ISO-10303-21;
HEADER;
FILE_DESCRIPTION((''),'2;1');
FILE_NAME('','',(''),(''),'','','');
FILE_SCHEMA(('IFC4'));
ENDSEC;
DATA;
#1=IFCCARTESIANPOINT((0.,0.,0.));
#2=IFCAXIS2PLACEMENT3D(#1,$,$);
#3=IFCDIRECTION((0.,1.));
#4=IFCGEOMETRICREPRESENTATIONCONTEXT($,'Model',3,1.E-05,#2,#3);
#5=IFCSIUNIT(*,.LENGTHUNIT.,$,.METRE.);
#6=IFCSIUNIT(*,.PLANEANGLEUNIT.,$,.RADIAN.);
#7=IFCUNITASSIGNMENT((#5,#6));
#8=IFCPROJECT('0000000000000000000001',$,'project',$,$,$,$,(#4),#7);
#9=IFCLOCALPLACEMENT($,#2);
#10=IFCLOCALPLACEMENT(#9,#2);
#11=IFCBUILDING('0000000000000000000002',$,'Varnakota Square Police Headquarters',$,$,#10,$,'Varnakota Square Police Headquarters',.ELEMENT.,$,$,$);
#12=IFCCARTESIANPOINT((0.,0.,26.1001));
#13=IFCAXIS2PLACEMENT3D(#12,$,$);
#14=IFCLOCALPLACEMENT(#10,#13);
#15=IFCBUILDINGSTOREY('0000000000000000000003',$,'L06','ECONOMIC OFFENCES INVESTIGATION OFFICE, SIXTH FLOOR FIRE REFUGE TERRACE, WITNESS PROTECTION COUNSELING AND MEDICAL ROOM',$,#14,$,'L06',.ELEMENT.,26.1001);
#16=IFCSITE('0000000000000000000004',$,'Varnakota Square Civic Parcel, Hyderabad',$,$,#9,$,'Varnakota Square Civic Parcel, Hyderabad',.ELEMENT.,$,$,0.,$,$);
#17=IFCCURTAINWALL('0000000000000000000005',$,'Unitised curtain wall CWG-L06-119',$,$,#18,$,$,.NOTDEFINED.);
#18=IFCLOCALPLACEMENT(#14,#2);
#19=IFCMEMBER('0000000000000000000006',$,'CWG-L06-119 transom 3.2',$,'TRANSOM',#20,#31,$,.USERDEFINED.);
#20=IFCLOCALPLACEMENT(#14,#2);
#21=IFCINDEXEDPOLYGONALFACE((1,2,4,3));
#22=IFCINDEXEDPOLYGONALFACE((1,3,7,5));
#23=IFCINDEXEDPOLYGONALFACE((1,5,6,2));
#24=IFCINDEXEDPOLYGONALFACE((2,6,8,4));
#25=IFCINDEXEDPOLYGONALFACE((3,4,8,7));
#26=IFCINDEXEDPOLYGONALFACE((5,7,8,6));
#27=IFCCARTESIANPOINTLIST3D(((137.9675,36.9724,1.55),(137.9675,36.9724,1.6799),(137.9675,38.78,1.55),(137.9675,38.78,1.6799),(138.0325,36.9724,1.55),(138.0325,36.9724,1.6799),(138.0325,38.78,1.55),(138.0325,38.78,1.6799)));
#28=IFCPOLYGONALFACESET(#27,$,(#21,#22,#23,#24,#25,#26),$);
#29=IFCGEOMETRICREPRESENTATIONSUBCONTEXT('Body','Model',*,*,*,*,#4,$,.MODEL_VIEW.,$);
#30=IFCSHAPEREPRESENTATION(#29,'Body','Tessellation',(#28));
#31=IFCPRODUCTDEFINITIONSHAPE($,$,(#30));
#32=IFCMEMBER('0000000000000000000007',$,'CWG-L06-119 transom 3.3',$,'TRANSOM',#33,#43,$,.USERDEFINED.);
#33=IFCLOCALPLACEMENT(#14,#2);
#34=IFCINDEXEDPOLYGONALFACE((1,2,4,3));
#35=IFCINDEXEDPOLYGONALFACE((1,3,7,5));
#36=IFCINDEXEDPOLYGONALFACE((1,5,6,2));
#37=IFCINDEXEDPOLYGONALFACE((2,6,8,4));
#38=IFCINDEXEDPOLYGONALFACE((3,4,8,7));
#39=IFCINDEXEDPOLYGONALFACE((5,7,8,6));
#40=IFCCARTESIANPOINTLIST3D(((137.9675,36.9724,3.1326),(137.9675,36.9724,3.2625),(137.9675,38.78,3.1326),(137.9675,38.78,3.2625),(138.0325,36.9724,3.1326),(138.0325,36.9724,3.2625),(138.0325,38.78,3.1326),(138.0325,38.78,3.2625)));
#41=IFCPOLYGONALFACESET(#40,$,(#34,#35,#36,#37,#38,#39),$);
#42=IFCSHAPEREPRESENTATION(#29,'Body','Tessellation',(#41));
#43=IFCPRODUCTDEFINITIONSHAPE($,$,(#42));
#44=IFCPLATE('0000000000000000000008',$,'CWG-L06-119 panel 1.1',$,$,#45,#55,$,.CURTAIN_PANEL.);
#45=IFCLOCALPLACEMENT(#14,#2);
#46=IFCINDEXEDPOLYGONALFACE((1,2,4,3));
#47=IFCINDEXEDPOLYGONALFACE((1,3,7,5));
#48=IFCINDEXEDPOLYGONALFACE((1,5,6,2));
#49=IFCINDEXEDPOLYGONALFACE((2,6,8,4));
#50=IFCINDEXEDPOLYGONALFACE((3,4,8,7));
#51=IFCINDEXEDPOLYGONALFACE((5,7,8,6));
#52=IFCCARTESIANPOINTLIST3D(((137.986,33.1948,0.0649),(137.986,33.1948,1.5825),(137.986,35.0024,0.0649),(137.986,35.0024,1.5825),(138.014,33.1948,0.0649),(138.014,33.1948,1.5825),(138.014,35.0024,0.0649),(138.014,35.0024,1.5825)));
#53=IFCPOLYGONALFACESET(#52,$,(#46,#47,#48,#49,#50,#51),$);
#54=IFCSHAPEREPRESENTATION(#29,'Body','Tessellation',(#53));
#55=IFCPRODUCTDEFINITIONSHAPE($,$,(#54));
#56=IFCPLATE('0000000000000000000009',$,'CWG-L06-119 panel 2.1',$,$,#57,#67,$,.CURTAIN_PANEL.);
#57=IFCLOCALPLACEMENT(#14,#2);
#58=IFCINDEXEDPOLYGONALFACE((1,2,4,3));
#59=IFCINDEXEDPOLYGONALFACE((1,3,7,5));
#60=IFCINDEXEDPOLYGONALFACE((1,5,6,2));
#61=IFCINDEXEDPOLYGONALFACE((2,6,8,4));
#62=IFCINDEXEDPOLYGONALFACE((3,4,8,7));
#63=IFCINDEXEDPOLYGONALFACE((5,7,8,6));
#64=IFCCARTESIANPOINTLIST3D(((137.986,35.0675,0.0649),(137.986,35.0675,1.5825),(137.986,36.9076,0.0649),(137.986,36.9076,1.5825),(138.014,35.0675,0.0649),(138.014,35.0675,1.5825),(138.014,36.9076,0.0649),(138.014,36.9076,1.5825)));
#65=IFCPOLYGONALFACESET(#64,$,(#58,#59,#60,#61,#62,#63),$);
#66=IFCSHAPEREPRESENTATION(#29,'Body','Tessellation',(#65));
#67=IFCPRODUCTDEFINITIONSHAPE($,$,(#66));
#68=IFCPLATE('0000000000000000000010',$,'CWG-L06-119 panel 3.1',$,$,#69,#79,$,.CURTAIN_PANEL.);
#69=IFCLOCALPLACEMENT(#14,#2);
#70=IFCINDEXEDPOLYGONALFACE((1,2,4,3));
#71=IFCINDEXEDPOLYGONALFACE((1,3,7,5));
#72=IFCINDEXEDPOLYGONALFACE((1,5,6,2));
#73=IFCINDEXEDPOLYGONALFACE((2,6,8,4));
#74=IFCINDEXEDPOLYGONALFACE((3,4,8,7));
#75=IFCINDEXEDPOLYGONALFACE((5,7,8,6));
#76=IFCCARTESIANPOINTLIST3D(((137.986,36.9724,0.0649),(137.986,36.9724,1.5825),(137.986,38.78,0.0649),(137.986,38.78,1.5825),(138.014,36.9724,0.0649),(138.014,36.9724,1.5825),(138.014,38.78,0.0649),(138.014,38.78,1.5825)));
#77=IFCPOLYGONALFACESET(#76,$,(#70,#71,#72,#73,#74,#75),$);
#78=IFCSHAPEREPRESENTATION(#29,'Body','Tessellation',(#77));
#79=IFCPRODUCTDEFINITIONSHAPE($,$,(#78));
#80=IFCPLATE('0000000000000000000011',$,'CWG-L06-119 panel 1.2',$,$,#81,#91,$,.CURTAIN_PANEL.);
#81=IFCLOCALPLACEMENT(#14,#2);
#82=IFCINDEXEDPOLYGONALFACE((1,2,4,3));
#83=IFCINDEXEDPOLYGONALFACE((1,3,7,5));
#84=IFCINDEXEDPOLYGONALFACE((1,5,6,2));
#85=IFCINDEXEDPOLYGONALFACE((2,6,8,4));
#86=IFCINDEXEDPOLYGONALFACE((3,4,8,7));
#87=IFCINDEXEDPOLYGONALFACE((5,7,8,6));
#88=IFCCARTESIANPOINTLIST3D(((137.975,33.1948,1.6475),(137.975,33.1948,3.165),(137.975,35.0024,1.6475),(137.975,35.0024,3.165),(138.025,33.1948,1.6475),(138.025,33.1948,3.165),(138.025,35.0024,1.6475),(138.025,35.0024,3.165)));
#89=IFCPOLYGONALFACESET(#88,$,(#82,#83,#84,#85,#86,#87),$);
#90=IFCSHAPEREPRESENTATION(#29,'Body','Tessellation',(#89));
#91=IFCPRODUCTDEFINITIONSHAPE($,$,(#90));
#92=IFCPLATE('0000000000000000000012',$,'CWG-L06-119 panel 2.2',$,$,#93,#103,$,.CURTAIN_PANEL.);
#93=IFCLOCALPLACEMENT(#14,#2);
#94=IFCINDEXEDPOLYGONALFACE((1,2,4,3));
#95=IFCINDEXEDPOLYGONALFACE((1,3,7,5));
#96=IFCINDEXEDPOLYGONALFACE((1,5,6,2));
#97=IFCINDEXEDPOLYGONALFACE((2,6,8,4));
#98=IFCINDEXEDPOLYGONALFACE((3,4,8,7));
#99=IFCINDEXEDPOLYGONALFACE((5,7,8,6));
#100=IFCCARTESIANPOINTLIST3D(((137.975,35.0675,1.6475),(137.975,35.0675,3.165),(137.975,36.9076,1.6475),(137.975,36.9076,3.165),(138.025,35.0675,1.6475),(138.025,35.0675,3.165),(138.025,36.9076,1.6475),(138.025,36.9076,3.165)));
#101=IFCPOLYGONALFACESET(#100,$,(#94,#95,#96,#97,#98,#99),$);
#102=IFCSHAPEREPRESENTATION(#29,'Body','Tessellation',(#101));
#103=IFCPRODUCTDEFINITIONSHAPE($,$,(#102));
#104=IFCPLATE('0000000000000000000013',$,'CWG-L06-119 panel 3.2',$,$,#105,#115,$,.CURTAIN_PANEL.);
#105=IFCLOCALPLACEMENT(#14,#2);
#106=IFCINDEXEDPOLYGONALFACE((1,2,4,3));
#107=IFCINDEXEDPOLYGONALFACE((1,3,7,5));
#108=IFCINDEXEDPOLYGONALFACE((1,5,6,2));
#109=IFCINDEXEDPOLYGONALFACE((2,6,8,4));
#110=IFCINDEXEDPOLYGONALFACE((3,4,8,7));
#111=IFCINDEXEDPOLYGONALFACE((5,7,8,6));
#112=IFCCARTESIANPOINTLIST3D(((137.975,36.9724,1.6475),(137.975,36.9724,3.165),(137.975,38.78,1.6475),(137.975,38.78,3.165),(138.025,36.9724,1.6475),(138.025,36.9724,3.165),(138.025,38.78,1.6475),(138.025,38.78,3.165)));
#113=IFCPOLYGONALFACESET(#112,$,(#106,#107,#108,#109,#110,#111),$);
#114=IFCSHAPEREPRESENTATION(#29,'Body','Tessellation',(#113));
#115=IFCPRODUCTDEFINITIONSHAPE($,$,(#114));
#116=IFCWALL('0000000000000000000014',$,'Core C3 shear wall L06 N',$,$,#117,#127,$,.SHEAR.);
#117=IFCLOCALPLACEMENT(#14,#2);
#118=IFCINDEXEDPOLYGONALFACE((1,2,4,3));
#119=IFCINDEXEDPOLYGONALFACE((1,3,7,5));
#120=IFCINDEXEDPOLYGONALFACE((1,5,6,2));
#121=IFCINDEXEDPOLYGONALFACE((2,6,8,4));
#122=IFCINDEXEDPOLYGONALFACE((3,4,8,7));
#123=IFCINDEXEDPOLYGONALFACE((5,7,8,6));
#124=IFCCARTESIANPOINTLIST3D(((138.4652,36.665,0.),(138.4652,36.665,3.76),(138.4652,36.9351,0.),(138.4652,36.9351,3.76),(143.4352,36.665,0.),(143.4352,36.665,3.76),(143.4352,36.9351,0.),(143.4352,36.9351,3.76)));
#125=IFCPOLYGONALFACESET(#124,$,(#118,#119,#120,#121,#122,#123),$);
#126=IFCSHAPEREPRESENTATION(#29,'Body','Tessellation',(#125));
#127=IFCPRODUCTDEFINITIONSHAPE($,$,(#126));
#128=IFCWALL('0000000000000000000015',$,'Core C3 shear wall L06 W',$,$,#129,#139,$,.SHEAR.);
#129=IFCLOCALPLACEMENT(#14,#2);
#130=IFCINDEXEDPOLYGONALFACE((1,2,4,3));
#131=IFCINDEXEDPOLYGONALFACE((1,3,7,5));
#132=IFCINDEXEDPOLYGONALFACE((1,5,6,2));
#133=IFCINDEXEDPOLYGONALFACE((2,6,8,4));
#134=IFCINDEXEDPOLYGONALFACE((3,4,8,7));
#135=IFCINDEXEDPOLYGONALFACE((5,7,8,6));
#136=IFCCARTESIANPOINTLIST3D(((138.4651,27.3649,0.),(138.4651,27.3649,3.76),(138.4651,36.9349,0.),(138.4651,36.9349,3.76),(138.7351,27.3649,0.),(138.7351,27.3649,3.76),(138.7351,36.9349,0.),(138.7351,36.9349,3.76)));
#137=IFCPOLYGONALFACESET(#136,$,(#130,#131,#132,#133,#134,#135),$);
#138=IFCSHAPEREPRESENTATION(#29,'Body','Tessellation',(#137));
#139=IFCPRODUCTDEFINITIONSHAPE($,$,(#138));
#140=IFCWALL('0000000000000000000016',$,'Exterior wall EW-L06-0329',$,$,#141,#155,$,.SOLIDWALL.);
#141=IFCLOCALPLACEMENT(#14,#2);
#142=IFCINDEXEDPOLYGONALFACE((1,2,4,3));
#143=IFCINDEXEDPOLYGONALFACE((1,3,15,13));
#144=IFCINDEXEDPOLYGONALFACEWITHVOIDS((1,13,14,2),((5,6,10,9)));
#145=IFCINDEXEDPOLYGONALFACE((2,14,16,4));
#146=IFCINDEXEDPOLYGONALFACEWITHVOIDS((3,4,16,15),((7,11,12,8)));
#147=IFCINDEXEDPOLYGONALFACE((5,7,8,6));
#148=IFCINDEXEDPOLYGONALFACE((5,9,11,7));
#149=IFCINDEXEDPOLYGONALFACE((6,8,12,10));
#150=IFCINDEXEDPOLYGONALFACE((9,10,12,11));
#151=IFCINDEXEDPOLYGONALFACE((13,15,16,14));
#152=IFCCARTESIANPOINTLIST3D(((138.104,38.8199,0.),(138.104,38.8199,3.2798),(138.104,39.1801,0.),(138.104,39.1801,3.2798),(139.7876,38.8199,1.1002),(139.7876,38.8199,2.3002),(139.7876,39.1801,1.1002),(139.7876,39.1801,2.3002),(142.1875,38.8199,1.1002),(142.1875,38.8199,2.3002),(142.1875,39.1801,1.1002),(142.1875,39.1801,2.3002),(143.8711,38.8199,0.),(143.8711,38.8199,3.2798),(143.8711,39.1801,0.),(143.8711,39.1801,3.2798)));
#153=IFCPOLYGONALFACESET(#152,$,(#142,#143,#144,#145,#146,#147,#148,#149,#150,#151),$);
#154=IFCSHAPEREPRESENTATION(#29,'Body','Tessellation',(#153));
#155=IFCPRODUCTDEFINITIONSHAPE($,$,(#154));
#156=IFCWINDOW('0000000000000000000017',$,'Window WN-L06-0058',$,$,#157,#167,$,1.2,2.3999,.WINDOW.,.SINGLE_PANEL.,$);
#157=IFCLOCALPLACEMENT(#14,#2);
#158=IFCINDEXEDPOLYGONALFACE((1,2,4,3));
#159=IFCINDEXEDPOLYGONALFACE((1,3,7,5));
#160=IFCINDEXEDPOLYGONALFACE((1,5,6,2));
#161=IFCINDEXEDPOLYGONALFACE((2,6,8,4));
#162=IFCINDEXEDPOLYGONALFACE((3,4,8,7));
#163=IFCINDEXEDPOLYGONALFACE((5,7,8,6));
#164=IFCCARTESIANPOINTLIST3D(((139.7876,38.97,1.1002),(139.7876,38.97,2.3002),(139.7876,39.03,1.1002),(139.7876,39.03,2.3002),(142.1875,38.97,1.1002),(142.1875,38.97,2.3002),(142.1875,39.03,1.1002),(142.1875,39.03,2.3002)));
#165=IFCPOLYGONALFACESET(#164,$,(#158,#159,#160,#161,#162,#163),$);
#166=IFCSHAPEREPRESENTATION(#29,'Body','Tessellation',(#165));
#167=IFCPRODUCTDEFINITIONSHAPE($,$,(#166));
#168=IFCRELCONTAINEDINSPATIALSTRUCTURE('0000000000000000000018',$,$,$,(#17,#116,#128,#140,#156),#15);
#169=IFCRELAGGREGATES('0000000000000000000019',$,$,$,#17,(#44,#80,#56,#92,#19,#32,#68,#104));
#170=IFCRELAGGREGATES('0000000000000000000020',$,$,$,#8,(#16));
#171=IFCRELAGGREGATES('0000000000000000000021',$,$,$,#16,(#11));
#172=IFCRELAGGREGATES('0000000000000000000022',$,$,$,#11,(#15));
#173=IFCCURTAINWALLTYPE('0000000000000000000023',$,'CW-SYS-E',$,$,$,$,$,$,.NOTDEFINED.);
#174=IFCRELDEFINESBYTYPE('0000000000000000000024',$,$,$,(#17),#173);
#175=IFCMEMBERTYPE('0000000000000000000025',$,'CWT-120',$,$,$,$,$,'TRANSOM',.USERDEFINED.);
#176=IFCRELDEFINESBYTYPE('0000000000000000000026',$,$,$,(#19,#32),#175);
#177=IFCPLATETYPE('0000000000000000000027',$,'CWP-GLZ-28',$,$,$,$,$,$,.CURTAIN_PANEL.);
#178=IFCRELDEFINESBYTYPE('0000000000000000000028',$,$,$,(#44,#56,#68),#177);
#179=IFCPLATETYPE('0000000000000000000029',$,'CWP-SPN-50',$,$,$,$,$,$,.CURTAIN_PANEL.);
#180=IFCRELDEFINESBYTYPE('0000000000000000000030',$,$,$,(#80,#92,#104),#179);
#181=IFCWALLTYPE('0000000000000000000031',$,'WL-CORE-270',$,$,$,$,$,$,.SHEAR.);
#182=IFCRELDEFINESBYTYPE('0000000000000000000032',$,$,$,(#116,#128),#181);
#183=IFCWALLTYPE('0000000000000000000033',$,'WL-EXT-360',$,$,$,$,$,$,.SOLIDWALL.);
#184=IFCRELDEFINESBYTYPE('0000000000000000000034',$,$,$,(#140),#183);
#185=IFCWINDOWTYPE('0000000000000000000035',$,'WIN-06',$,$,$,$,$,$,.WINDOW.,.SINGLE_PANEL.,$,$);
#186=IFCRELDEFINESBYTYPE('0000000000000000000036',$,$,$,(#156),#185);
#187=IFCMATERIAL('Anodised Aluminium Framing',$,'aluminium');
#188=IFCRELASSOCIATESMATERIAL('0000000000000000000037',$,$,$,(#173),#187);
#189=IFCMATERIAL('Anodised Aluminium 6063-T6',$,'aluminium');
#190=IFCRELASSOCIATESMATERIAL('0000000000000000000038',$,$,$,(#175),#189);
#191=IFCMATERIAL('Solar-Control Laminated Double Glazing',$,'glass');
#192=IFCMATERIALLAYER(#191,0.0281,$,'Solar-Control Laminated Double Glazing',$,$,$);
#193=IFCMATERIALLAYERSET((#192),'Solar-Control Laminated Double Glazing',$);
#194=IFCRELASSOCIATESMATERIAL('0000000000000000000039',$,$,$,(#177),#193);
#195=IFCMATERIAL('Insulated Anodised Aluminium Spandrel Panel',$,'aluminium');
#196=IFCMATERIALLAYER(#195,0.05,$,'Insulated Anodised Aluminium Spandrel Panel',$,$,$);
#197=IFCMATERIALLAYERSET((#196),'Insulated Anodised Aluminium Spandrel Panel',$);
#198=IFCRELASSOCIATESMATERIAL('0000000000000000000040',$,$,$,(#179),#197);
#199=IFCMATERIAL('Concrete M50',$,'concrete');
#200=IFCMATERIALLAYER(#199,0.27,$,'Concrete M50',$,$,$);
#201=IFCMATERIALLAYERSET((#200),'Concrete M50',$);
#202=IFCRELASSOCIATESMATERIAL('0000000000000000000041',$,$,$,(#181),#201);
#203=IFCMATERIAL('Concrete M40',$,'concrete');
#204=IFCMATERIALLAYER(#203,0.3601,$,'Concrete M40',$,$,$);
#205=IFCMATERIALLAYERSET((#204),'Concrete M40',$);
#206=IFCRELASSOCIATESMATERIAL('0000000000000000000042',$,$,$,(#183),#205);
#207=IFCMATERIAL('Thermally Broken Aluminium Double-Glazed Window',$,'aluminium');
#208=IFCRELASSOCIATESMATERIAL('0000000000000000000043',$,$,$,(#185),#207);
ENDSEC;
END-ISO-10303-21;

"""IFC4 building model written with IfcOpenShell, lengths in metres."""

from ifc_helpers import new_model, si_unit, direction, frame, frame_2d, origin, origin_2d, place, context, subcontext, project, spatial, rectangle, extrude, material, layer, layer_set, material_profile, profile_set, type_object, element, fill, aggregate, save


model = new_model("IFC4")

# Units and contexts
model_context = context("Model", 3, precision=1e-05, world=origin(), true_north=direction((0.0, 1.0)))
body_context = subcontext(model_context, "Body", "Model", "MODEL_VIEW")
ifc_project = project(units=[si_unit("LENGTHUNIT", "METRE"), si_unit("PLANEANGLEUNIT", "RADIAN")], contexts=[model_context])

# Site, building, storey
site_placement = place(None, origin())
site = spatial("IfcSite", under=ifc_project, at=site_placement, Name="Varnakota Square Civic Parcel, Hyderabad", LongName="Varnakota Square Civic Parcel, Hyderabad", CompositionType="ELEMENT", RefElevation=0.0)
building_placement = place(site_placement, origin())
building = spatial("IfcBuilding", under=site, at=building_placement, Name="Varnakota Square Police Headquarters", LongName="Varnakota Square Police Headquarters", CompositionType="ELEMENT")
storey_placement = place(building_placement, frame((0.0, 0.0, 26.1001)))
storey = spatial("IfcBuildingStorey", under=building, at=storey_placement, Name="L06", Description="ECONOMIC OFFENCES INVESTIGATION OFFICE, SIXTH FLOOR FIRE REFUGE TERRACE, WITNESS PROTECTION COUNSELING AND MEDICAL ROOM", LongName="L06", CompositionType="ELEMENT", Elevation=26.1001)

# Curtain wall, members, plates
ifc_material_1 = material(Name="Anodised Aluminium Framing", Category="aluminium")
curtain_wall_type = type_object("IfcCurtainWallType", Name="CW-SYS-E", PredefinedType="NOTDEFINED", material=ifc_material_1)
curtain_wall_placement = place(storey_placement, origin())
curtain_wall = element("IfcCurtainWall", 1, at=curtain_wall_placement, inside=storey, type_object=curtain_wall_type, Name="Unitised curtain wall CWG-L06-119", PredefinedType="NOTDEFINED")
ifc_material_2 = material(Name="Anodised Aluminium 6063-T6", Category="aluminium")
ifc_material_profile_1 = material_profile(ifc_material_2, rectangle(XDim=0.0649, YDim=0.1299, at=origin_2d()), Name="ALU TRANSOM 65x130")
ifc_profile_set_1 = profile_set([ifc_material_profile_1], Name="Anodised Aluminium 6063-T6")
member_type_1 = type_object("IfcMemberType", Name="CWT-120", ElementType="TRANSOM", PredefinedType="USERDEFINED", material=ifc_profile_set_1)
member_1_placement = place(storey_placement, frame((138.0, 36.9724, 1.615), z_axis=(0.0, 1.0, 0.0), x_axis=(-1.0, 0.0, 0.0)))
member_1 = element("IfcMember", 2, at=member_1_placement, type_object=member_type_1, Name="CWG-L06-119 transom 3.2", ObjectType="TRANSOM", PredefinedType="USERDEFINED", context=body_context, shape_type="SweptSolid", body=[
    extrude(rectangle(XDim=0.0649, YDim=0.1299, at=origin_2d()), origin(), (0.0, 0.0, 1.0), 1.8076),
])
member_2_placement = place(storey_placement, frame((138.0, 36.9724, 3.1975), z_axis=(0.0, 1.0, 0.0), x_axis=(-1.0, 0.0, 0.0)))
member_2 = element("IfcMember", 3, at=member_2_placement, type_object=member_type_1, Name="CWG-L06-119 transom 3.3", ObjectType="TRANSOM", PredefinedType="USERDEFINED", context=body_context, shape_type="SweptSolid", body=[
    extrude(rectangle(XDim=0.0649, YDim=0.1299, at=origin_2d()), origin(), (0.0, 0.0, 1.0), 1.8076),
])
ifc_material_3 = material(Name="Solar-Control Laminated Double Glazing", Category="glass")
ifc_layer_1 = layer(ifc_material_3, 0.0281, Name="Solar-Control Laminated Double Glazing")
ifc_layer_set_1 = layer_set([ifc_layer_1], Name="Solar-Control Laminated Double Glazing")
plate_type_1 = type_object("IfcPlateType", Name="CWP-GLZ-28", PredefinedType="CURTAIN_PANEL", material=ifc_layer_set_1)
plate_1_placement = place(storey_placement, frame((138.0, 34.0986, 0.0649), z_axis=(0.0, 0.0, 1.0), x_axis=(0.0, 1.0, 0.0)))
plate_1 = element("IfcPlate", 4, at=plate_1_placement, type_object=plate_type_1, Name="CWG-L06-119 panel 1.1", PredefinedType="CURTAIN_PANEL", context=body_context, shape_type="SweptSolid", body=[
    extrude(rectangle(XDim=1.8076, YDim=0.0281, at=origin_2d()), origin(), (0.0, 0.0, 1.0), 1.5176),
])
plate_2_placement = place(storey_placement, frame((138.0, 35.9875, 0.0649), z_axis=(0.0, 0.0, 1.0), x_axis=(0.0, 1.0, 0.0)))
plate_2 = element("IfcPlate", 5, at=plate_2_placement, type_object=plate_type_1, Name="CWG-L06-119 panel 2.1", PredefinedType="CURTAIN_PANEL", context=body_context, shape_type="SweptSolid", body=[
    extrude(rectangle(XDim=1.8401, YDim=0.0281, at=origin_2d()), origin(), (0.0, 0.0, 1.0), 1.5176),
])
plate_3_placement = place(storey_placement, frame((138.0, 37.8762, 0.0649), z_axis=(0.0, 0.0, 1.0), x_axis=(0.0, 1.0, 0.0)))
plate_3 = element("IfcPlate", 6, at=plate_3_placement, type_object=plate_type_1, Name="CWG-L06-119 panel 3.1", PredefinedType="CURTAIN_PANEL", context=body_context, shape_type="SweptSolid", body=[
    extrude(rectangle(XDim=1.8076, YDim=0.0281, at=origin_2d()), origin(), (0.0, 0.0, 1.0), 1.5176),
])
ifc_material_4 = material(Name="Insulated Anodised Aluminium Spandrel Panel", Category="aluminium")
ifc_layer_2 = layer(ifc_material_4, 0.05, Name="Insulated Anodised Aluminium Spandrel Panel")
ifc_layer_set_2 = layer_set([ifc_layer_2], Name="Insulated Anodised Aluminium Spandrel Panel")
plate_type_2 = type_object("IfcPlateType", Name="CWP-SPN-50", PredefinedType="CURTAIN_PANEL", material=ifc_layer_set_2)
plate_4_placement = place(storey_placement, frame((138.0, 34.0986, 1.6475), z_axis=(0.0, 0.0, 1.0), x_axis=(0.0, 1.0, 0.0)))
plate_4 = element("IfcPlate", 7, at=plate_4_placement, type_object=plate_type_2, Name="CWG-L06-119 panel 1.2", PredefinedType="CURTAIN_PANEL", context=body_context, shape_type="SweptSolid", body=[
    extrude(rectangle(XDim=1.8076, YDim=0.05, at=origin_2d()), origin(), (0.0, 0.0, 1.0), 1.5176),
])
plate_5_placement = place(storey_placement, frame((138.0, 35.9875, 1.6475), z_axis=(0.0, 0.0, 1.0), x_axis=(0.0, 1.0, 0.0)))
plate_5 = element("IfcPlate", 8, at=plate_5_placement, type_object=plate_type_2, Name="CWG-L06-119 panel 2.2", PredefinedType="CURTAIN_PANEL", context=body_context, shape_type="SweptSolid", body=[
    extrude(rectangle(XDim=1.8401, YDim=0.05, at=origin_2d()), origin(), (0.0, 0.0, 1.0), 1.5176),
])
plate_6_placement = place(storey_placement, frame((138.0, 37.8762, 1.6475), z_axis=(0.0, 0.0, 1.0), x_axis=(0.0, 1.0, 0.0)))
plate_6 = element("IfcPlate", 9, at=plate_6_placement, type_object=plate_type_2, Name="CWG-L06-119 panel 3.2", PredefinedType="CURTAIN_PANEL", context=body_context, shape_type="SweptSolid", body=[
    extrude(rectangle(XDim=1.8076, YDim=0.05, at=origin_2d()), origin(), (0.0, 0.0, 1.0), 1.5176),
])
aggregate(curtain_wall, [plate_1, plate_4, plate_2, plate_5, member_1, member_2, plate_3, plate_6])

# Walls
ifc_material_5 = material(Name="Concrete M50", Category="concrete")
ifc_layer_3 = layer(ifc_material_5, 0.27, Name="Concrete M50")
ifc_layer_set_3 = layer_set([ifc_layer_3], Name="Concrete M50")
wall_type_1 = type_object("IfcWallType", Name="WL-CORE-270", PredefinedType="SHEAR", material=ifc_layer_set_3)
wall_1_placement = place(storey_placement, frame((143.4351, 36.8, 0.0), z_axis=(0.0, 0.0, 1.0), x_axis=(-1.0, 0.0, 0.0)))
element("IfcWall", 10, at=wall_1_placement, inside=storey, type_object=wall_type_1, Name="Core C3 shear wall L06 N", PredefinedType="SHEAR", context=body_context, shape_type="SweptSolid", body=[
    extrude(rectangle(XDim=4.97, YDim=0.27, at=frame_2d((2.4849, 0.0))), origin(), (0.0, 0.0, 1.0), 3.76),
])
wall_2_placement = place(storey_placement, frame((138.6001, 36.9351, 0.0), z_axis=(0.0, 0.0, 1.0), x_axis=(0.0, -1.0, 0.0)))
element("IfcWall", 11, at=wall_2_placement, inside=storey, type_object=wall_type_1, Name="Core C3 shear wall L06 W", PredefinedType="SHEAR", context=body_context, shape_type="SweptSolid", body=[
    extrude(rectangle(XDim=9.5701, YDim=0.27, at=frame_2d((4.7852, 0.0))), origin(), (0.0, 0.0, 1.0), 3.76),
])

# Wall, opening, window
ifc_material_6 = material(Name="Concrete M40", Category="concrete")
ifc_layer_4 = layer(ifc_material_6, 0.3601, Name="Concrete M40")
ifc_layer_set_4 = layer_set([ifc_layer_4], Name="Concrete M40")
wall_type_2 = type_object("IfcWallType", Name="WL-EXT-360", PredefinedType="SOLIDWALL", material=ifc_layer_set_4)
wall_3_placement = place(storey_placement, frame((138.104, 39.0, 0.0), z_axis=(0.0, 0.0, 1.0), x_axis=(1.0, 0.0, 0.0)))
wall_3 = element("IfcWall", 12, at=wall_3_placement, inside=storey, type_object=wall_type_2, Name="Exterior wall EW-L06-0329", PredefinedType="SOLIDWALL", context=body_context, shape_type="SweptSolid", body=[
    extrude(rectangle(XDim=5.7671, YDim=0.3601, at=frame_2d((2.8835, 0.0))), origin(), (0.0, 0.0, 1.0), 3.2798),
])
opening_placement = place(wall_3_placement, frame((1.6836, 0.0, 1.1001)))
opening = element("IfcOpeningElement", 13, at=opening_placement, cuts=wall_3, PredefinedType="OPENING", context=body_context, shape_type="SweptSolid", body=[
    extrude(rectangle(XDim=2.3999, YDim=1.2, at=frame_2d((1.2, 0.6001))), frame((0.0, 0.1899, 0.0), z_axis=(0.0, -1.0, 0.0), x_axis=(1.0, 0.0, 0.0)), (0.0, 0.0, 1.0), 0.3801),
])
ifc_material_7 = material(Name="Thermally Broken Aluminium Double-Glazed Window", Category="aluminium")
window_type = type_object("IfcWindowType", Name="WIN-06", PartitioningType="SINGLE_PANEL", PredefinedType="WINDOW", material=ifc_material_7)
window_placement = place(opening_placement, origin())
window = element("IfcWindow", 14, at=window_placement, inside=storey, type_object=window_type, Name="Window WN-L06-0058", OverallHeight=1.2, OverallWidth=2.3999, PartitioningType="SINGLE_PANEL", PredefinedType="WINDOW", context=body_context, shape_type="SweptSolid", body=[
    extrude(rectangle(XDim=2.3999, YDim=1.2, at=frame_2d((1.2, 0.6001))), frame((0.0, 0.03, 0.0), z_axis=(0.0, -1.0, 0.0), x_axis=(1.0, 0.0, 0.0)), (0.0, 0.0, 1.0), 0.0601),
])
fill(opening, window)

save(model, "model.ifc")
